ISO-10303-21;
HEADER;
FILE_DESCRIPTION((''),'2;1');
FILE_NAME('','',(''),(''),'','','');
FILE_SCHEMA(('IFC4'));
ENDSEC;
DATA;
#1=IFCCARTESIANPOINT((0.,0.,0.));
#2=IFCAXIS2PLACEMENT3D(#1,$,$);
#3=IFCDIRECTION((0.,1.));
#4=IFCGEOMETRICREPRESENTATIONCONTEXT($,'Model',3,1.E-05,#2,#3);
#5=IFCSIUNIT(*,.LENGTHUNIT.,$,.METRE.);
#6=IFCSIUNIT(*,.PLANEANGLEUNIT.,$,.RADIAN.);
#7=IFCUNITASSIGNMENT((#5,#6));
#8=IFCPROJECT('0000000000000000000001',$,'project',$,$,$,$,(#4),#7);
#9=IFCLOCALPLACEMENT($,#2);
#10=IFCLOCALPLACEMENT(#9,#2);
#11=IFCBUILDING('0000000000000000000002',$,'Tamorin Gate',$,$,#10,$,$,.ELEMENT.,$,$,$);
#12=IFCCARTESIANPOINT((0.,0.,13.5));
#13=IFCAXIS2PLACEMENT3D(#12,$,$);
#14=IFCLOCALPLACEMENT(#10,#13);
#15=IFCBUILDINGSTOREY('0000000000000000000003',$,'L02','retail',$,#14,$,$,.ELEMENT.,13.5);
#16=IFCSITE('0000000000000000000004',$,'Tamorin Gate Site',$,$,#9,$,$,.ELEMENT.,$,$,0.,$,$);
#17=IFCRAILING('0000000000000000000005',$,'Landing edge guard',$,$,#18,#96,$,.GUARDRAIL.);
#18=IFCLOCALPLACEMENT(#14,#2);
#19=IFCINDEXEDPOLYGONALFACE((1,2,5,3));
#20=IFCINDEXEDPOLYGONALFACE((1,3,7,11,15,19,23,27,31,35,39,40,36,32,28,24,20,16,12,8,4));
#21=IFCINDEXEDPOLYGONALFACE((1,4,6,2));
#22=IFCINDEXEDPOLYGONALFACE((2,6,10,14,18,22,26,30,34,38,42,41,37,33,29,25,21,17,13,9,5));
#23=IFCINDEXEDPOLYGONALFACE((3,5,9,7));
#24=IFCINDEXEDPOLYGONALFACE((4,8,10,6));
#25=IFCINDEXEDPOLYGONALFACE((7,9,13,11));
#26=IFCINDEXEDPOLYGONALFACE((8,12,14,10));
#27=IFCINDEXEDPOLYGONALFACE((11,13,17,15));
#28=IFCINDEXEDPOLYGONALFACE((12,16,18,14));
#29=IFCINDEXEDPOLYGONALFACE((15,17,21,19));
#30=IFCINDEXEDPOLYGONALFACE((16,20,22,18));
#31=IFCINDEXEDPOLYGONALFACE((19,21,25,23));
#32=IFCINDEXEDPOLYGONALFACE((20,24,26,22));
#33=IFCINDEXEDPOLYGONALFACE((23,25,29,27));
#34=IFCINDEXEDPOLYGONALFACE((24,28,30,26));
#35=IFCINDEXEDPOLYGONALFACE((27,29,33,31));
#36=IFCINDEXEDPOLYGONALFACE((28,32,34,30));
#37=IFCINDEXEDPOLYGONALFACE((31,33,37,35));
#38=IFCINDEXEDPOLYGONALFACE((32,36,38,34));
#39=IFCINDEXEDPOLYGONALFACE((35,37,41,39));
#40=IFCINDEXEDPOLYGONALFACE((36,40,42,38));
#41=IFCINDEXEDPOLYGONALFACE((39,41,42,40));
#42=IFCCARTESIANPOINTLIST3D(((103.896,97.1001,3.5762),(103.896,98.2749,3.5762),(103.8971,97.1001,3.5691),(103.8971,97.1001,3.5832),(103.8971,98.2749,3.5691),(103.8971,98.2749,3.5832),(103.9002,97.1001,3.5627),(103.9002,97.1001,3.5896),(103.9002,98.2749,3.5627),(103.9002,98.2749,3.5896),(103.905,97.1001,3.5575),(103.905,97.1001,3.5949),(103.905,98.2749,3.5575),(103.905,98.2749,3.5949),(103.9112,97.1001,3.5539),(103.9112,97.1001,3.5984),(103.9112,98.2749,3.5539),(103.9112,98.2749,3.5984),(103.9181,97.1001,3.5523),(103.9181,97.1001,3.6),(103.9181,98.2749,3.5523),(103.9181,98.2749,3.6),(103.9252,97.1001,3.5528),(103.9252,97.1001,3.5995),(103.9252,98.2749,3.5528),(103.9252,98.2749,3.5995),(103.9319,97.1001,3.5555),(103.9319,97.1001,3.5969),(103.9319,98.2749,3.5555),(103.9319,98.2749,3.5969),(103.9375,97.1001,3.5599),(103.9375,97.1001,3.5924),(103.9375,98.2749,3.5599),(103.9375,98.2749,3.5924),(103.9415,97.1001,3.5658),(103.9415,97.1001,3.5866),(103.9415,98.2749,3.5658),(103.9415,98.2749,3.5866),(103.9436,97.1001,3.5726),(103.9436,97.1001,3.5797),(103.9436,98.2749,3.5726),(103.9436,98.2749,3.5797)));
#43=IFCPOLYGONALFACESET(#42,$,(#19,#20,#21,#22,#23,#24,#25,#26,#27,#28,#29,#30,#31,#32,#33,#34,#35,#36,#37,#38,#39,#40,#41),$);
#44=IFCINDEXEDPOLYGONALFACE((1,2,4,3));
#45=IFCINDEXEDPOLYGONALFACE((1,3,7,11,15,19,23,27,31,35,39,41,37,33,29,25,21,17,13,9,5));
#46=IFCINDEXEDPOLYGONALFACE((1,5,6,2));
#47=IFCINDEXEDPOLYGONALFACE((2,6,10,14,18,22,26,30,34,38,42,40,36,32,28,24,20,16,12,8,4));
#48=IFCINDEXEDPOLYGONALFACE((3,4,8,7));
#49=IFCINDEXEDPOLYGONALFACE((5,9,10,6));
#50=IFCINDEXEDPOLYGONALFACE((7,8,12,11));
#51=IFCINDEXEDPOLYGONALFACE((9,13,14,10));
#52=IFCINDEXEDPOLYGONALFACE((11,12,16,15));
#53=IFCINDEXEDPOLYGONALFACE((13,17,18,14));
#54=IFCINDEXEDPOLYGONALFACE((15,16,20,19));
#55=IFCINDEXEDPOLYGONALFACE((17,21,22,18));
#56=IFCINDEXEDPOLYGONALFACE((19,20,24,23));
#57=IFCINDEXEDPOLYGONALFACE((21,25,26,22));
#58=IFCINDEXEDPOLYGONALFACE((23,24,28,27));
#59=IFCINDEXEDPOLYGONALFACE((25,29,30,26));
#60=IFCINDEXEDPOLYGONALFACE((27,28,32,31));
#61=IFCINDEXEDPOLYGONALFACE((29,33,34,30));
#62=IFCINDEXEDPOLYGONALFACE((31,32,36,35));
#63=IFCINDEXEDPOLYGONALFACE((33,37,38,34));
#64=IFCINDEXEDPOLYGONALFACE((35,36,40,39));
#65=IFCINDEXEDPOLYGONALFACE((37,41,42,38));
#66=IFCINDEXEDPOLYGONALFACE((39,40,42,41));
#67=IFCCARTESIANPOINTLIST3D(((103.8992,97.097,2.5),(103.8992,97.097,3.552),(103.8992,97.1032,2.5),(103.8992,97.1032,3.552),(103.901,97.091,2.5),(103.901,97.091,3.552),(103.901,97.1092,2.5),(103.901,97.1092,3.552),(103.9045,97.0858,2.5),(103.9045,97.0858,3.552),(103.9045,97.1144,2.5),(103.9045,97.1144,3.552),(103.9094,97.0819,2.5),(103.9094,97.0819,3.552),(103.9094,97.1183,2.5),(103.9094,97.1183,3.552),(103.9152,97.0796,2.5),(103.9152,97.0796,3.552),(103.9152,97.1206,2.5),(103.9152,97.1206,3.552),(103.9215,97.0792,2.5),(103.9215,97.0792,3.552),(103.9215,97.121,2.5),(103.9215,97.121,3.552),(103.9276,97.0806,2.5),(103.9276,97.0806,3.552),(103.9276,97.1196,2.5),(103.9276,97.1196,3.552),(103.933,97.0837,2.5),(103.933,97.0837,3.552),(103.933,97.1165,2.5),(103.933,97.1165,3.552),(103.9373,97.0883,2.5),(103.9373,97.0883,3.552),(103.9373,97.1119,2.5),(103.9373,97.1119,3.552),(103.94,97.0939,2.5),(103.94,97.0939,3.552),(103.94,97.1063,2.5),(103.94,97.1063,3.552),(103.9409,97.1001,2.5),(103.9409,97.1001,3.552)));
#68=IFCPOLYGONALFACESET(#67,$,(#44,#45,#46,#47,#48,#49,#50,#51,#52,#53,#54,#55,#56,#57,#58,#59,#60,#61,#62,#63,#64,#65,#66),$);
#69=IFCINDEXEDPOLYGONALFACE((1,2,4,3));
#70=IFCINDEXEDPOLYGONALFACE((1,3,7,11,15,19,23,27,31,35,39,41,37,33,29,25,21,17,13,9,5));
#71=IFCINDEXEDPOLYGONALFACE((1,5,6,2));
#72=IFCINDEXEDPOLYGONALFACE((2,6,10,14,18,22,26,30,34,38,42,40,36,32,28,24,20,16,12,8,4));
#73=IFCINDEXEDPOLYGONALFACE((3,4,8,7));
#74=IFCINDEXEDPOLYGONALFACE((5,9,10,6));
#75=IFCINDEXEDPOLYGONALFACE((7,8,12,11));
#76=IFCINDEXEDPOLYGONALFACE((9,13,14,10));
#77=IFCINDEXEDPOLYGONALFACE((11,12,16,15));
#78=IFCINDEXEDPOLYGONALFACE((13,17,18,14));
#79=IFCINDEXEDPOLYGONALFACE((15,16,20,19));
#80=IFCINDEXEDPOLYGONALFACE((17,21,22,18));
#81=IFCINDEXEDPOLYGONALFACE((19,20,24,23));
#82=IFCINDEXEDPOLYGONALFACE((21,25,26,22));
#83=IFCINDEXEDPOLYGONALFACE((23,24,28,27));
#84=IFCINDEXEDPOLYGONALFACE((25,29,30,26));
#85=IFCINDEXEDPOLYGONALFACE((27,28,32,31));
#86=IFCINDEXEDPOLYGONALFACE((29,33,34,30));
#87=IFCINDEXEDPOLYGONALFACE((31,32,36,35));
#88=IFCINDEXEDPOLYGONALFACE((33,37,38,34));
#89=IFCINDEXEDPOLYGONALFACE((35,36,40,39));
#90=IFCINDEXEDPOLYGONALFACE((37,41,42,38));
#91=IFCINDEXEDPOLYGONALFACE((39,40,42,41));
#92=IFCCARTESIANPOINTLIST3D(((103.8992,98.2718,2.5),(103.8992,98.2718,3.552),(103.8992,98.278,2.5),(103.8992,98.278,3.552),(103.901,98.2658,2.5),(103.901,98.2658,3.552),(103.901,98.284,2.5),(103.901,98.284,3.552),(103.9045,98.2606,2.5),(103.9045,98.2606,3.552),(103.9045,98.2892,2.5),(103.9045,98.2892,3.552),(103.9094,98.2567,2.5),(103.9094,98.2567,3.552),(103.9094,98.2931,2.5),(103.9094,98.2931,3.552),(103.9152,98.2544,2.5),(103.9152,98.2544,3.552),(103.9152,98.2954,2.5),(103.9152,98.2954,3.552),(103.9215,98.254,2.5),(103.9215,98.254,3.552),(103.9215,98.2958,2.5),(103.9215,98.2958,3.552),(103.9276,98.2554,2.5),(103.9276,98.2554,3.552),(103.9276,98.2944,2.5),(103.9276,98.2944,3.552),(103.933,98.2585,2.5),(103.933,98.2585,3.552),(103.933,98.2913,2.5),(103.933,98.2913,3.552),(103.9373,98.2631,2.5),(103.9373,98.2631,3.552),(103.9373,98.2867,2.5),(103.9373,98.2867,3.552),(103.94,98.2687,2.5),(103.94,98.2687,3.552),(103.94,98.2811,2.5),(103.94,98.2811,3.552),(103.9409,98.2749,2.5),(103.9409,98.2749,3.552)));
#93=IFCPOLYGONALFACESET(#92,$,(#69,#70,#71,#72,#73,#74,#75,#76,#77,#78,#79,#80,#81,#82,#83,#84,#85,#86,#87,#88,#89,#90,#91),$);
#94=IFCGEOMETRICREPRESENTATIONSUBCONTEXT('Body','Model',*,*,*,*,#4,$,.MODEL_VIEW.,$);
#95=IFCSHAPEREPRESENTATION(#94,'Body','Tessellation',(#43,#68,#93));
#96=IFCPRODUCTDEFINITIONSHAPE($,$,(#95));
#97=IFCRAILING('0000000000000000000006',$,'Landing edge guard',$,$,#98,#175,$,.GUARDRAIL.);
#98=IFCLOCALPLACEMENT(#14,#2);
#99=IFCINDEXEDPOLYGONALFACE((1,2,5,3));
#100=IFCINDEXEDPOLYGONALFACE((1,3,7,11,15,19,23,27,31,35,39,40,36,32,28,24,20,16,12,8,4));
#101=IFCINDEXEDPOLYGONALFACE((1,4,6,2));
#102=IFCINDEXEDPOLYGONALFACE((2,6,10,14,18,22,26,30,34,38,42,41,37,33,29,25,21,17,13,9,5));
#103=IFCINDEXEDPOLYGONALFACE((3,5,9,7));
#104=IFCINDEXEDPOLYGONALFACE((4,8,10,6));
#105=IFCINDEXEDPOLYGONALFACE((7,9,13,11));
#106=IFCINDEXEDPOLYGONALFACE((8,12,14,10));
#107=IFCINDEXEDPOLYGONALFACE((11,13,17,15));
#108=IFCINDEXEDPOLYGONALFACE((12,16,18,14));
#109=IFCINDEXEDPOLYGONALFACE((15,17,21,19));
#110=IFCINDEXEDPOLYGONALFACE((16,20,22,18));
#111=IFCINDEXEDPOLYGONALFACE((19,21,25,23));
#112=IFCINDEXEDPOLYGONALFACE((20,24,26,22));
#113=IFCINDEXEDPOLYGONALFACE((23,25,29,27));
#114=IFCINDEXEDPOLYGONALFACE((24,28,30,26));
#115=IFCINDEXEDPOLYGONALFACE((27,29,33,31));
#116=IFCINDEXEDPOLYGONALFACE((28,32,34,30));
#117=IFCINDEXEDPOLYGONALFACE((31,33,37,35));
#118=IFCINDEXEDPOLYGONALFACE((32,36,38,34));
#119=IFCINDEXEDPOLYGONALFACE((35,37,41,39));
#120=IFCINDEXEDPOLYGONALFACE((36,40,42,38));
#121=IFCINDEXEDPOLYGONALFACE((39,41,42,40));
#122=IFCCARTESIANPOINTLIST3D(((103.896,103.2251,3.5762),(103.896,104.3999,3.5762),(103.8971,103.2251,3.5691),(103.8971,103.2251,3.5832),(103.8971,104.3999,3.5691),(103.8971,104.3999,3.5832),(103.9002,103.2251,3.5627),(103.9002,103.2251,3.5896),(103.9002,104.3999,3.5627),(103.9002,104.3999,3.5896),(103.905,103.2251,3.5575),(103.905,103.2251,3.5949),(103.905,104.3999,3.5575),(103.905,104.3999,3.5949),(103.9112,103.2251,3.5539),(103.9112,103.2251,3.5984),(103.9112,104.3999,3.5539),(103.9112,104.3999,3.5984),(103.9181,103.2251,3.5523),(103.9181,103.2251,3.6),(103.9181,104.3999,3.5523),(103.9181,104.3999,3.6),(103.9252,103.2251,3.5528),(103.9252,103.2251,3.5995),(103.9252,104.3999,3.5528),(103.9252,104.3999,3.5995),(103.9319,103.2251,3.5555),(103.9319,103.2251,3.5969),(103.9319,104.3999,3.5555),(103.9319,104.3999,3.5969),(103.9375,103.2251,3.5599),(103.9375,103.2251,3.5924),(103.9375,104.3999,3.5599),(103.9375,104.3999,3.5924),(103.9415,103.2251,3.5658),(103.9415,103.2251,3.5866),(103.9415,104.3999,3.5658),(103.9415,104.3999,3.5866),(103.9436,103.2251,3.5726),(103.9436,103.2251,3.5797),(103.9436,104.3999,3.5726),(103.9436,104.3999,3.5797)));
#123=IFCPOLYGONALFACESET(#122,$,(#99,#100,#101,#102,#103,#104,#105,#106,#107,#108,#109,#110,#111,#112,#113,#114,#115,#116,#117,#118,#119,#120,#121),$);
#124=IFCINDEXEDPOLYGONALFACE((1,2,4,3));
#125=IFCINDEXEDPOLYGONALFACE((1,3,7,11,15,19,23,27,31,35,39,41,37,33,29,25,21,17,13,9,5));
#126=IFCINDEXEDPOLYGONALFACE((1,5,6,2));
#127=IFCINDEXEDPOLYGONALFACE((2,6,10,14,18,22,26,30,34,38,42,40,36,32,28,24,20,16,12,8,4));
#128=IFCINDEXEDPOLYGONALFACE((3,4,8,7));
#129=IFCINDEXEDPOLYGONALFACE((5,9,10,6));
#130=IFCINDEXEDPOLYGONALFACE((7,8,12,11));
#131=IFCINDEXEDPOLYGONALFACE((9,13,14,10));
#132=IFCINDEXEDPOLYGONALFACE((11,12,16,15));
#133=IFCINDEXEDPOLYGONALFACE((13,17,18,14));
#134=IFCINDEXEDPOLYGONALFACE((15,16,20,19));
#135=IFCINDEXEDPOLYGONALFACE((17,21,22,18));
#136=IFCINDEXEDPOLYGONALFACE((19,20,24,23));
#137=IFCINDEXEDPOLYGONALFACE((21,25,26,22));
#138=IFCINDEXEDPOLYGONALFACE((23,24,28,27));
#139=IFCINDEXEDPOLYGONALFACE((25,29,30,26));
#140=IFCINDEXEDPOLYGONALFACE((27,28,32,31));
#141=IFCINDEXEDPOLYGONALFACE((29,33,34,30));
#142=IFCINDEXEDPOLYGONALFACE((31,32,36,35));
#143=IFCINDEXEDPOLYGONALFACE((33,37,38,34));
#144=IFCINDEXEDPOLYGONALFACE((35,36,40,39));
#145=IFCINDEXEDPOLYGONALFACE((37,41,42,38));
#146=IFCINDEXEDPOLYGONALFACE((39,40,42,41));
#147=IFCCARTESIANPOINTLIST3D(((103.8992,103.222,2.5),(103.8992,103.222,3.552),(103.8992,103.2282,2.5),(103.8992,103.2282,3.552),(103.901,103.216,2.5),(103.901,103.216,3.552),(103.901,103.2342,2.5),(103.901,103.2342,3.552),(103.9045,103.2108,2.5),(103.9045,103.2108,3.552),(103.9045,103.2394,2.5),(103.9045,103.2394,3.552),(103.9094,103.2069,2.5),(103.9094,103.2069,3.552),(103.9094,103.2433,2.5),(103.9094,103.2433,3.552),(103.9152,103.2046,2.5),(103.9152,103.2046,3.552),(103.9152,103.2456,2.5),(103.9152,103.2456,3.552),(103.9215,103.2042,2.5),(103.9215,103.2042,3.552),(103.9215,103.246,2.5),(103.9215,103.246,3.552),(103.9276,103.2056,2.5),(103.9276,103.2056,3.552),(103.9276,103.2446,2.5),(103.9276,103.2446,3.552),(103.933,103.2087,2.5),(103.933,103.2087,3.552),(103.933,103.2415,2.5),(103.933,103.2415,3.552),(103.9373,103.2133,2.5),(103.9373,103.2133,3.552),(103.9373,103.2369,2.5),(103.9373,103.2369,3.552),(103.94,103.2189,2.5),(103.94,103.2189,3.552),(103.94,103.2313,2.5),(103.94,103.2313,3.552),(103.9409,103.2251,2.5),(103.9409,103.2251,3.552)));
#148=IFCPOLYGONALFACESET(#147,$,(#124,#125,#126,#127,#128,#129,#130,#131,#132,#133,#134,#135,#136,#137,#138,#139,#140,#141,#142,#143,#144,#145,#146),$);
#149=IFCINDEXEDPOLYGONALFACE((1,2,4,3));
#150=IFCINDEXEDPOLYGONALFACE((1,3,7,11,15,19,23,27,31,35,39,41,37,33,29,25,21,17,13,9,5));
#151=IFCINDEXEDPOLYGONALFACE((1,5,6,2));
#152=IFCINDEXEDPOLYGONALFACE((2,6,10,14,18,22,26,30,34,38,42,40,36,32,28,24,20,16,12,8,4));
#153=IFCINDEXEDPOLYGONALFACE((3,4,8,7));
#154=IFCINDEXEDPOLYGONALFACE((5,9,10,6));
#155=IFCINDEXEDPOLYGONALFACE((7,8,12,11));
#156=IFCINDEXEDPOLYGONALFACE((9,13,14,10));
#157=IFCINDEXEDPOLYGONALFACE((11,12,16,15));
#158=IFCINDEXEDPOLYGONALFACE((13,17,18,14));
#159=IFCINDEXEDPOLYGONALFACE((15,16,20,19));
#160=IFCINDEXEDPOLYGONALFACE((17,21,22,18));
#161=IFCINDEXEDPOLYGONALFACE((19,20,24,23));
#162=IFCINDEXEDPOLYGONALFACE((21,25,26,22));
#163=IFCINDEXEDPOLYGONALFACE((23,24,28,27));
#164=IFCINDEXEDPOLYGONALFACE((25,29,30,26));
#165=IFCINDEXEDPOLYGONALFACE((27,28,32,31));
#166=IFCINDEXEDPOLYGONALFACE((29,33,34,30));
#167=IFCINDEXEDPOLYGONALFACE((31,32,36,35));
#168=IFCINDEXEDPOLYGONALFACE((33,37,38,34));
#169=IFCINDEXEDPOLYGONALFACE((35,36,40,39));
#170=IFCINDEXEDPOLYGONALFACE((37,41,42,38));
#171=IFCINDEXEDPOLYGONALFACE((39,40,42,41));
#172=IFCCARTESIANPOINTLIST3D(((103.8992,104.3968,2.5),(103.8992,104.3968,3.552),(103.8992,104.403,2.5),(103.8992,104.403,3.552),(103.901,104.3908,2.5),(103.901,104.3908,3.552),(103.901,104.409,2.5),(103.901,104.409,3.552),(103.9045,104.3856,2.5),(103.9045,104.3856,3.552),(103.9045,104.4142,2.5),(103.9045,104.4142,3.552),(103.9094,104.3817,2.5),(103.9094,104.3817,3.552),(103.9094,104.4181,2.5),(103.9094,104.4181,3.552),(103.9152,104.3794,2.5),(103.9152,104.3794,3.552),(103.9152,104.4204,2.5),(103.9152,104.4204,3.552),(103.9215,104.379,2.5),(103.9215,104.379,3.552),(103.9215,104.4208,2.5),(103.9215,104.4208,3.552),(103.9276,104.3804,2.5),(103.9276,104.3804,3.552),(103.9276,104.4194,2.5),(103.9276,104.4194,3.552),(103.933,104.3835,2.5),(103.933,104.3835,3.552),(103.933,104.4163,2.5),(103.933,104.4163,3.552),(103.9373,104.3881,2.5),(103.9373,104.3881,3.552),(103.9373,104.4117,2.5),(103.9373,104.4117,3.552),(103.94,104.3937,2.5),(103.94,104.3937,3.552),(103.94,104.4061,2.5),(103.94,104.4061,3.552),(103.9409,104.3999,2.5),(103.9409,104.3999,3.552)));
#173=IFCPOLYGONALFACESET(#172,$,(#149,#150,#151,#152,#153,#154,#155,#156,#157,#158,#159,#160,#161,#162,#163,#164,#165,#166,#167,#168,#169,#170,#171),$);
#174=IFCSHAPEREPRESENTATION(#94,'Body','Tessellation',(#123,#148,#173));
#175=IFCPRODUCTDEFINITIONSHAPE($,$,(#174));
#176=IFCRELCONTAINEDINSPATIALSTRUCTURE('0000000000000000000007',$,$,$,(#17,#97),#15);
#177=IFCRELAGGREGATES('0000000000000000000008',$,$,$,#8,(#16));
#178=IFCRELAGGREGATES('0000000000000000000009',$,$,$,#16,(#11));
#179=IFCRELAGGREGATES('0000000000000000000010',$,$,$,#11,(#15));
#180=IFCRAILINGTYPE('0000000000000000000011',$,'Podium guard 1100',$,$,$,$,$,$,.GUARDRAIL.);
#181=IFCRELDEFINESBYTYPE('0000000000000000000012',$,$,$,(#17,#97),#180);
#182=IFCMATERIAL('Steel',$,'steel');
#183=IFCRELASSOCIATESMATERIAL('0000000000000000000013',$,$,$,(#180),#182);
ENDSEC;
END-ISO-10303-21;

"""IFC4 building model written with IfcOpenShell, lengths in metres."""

from ifc_helpers import new_model, si_unit, direction, frame, origin, origin_2d, place, context, subcontext, project, spatial, circle, extrude, material, type_object, element, save


model = new_model("IFC4")

# Units and contexts
model_context = context("Model", 3, precision=1e-05, world=origin(), true_north=direction((0.0, 1.0)))
body_context = subcontext(model_context, "Body", "Model", "MODEL_VIEW")
ifc_project = project(units=[si_unit("LENGTHUNIT", "METRE"), si_unit("PLANEANGLEUNIT", "RADIAN")], contexts=[model_context])

# Site, building, storey
site_placement = place(None, origin())
site = spatial("IfcSite", under=ifc_project, at=site_placement, Name="Tamorin Gate Site", CompositionType="ELEMENT", RefElevation=0.0)
building_placement = place(site_placement, origin())
building = spatial("IfcBuilding", under=site, at=building_placement, Name="Tamorin Gate", CompositionType="ELEMENT")
storey_placement = place(building_placement, frame((0.0, 0.0, 13.5)))
storey = spatial("IfcBuildingStorey", under=building, at=storey_placement, Name="L02", Description="retail", CompositionType="ELEMENT", Elevation=13.5)

# Railings
ifc_material_1 = material(Name="Steel", Category="steel")
railing_type_1 = type_object("IfcRailingType", Name="Podium guard 1100", PredefinedType="GUARDRAIL", material=ifc_material_1)
for number, where, name in (
    (1, (103.9199, 97.1001, 2.5), "Landing edge guard"),
    (2, (103.9199, 103.2251, 2.5), "Landing edge guard"),
):
    element("IfcRailing", number, at=place(storey_placement, frame(where)), inside=storey, type_object=railing_type_1, Name=name, PredefinedType="GUARDRAIL", context=body_context, shape_type="SweptSolid", body=[
        extrude(circle(Radius=0.0239, at=origin_2d()), frame((0.0, 0.0, 1.0762), z_axis=(0.0, 1.0, 0.0), x_axis=(-1.0, 0.0, 0.0)), (0.0, 0.0, 1.0), 1.1748),
        extrude(circle(Radius=0.021, at=origin_2d()), origin(), (0.0, 0.0, 1.0), 1.052),
        extrude(circle(Radius=0.021, at=origin_2d()), frame((0.0, 1.1748, 0.0)), (0.0, 0.0, 1.0), 1.052),
    ])

save(model, "model.ifc")
